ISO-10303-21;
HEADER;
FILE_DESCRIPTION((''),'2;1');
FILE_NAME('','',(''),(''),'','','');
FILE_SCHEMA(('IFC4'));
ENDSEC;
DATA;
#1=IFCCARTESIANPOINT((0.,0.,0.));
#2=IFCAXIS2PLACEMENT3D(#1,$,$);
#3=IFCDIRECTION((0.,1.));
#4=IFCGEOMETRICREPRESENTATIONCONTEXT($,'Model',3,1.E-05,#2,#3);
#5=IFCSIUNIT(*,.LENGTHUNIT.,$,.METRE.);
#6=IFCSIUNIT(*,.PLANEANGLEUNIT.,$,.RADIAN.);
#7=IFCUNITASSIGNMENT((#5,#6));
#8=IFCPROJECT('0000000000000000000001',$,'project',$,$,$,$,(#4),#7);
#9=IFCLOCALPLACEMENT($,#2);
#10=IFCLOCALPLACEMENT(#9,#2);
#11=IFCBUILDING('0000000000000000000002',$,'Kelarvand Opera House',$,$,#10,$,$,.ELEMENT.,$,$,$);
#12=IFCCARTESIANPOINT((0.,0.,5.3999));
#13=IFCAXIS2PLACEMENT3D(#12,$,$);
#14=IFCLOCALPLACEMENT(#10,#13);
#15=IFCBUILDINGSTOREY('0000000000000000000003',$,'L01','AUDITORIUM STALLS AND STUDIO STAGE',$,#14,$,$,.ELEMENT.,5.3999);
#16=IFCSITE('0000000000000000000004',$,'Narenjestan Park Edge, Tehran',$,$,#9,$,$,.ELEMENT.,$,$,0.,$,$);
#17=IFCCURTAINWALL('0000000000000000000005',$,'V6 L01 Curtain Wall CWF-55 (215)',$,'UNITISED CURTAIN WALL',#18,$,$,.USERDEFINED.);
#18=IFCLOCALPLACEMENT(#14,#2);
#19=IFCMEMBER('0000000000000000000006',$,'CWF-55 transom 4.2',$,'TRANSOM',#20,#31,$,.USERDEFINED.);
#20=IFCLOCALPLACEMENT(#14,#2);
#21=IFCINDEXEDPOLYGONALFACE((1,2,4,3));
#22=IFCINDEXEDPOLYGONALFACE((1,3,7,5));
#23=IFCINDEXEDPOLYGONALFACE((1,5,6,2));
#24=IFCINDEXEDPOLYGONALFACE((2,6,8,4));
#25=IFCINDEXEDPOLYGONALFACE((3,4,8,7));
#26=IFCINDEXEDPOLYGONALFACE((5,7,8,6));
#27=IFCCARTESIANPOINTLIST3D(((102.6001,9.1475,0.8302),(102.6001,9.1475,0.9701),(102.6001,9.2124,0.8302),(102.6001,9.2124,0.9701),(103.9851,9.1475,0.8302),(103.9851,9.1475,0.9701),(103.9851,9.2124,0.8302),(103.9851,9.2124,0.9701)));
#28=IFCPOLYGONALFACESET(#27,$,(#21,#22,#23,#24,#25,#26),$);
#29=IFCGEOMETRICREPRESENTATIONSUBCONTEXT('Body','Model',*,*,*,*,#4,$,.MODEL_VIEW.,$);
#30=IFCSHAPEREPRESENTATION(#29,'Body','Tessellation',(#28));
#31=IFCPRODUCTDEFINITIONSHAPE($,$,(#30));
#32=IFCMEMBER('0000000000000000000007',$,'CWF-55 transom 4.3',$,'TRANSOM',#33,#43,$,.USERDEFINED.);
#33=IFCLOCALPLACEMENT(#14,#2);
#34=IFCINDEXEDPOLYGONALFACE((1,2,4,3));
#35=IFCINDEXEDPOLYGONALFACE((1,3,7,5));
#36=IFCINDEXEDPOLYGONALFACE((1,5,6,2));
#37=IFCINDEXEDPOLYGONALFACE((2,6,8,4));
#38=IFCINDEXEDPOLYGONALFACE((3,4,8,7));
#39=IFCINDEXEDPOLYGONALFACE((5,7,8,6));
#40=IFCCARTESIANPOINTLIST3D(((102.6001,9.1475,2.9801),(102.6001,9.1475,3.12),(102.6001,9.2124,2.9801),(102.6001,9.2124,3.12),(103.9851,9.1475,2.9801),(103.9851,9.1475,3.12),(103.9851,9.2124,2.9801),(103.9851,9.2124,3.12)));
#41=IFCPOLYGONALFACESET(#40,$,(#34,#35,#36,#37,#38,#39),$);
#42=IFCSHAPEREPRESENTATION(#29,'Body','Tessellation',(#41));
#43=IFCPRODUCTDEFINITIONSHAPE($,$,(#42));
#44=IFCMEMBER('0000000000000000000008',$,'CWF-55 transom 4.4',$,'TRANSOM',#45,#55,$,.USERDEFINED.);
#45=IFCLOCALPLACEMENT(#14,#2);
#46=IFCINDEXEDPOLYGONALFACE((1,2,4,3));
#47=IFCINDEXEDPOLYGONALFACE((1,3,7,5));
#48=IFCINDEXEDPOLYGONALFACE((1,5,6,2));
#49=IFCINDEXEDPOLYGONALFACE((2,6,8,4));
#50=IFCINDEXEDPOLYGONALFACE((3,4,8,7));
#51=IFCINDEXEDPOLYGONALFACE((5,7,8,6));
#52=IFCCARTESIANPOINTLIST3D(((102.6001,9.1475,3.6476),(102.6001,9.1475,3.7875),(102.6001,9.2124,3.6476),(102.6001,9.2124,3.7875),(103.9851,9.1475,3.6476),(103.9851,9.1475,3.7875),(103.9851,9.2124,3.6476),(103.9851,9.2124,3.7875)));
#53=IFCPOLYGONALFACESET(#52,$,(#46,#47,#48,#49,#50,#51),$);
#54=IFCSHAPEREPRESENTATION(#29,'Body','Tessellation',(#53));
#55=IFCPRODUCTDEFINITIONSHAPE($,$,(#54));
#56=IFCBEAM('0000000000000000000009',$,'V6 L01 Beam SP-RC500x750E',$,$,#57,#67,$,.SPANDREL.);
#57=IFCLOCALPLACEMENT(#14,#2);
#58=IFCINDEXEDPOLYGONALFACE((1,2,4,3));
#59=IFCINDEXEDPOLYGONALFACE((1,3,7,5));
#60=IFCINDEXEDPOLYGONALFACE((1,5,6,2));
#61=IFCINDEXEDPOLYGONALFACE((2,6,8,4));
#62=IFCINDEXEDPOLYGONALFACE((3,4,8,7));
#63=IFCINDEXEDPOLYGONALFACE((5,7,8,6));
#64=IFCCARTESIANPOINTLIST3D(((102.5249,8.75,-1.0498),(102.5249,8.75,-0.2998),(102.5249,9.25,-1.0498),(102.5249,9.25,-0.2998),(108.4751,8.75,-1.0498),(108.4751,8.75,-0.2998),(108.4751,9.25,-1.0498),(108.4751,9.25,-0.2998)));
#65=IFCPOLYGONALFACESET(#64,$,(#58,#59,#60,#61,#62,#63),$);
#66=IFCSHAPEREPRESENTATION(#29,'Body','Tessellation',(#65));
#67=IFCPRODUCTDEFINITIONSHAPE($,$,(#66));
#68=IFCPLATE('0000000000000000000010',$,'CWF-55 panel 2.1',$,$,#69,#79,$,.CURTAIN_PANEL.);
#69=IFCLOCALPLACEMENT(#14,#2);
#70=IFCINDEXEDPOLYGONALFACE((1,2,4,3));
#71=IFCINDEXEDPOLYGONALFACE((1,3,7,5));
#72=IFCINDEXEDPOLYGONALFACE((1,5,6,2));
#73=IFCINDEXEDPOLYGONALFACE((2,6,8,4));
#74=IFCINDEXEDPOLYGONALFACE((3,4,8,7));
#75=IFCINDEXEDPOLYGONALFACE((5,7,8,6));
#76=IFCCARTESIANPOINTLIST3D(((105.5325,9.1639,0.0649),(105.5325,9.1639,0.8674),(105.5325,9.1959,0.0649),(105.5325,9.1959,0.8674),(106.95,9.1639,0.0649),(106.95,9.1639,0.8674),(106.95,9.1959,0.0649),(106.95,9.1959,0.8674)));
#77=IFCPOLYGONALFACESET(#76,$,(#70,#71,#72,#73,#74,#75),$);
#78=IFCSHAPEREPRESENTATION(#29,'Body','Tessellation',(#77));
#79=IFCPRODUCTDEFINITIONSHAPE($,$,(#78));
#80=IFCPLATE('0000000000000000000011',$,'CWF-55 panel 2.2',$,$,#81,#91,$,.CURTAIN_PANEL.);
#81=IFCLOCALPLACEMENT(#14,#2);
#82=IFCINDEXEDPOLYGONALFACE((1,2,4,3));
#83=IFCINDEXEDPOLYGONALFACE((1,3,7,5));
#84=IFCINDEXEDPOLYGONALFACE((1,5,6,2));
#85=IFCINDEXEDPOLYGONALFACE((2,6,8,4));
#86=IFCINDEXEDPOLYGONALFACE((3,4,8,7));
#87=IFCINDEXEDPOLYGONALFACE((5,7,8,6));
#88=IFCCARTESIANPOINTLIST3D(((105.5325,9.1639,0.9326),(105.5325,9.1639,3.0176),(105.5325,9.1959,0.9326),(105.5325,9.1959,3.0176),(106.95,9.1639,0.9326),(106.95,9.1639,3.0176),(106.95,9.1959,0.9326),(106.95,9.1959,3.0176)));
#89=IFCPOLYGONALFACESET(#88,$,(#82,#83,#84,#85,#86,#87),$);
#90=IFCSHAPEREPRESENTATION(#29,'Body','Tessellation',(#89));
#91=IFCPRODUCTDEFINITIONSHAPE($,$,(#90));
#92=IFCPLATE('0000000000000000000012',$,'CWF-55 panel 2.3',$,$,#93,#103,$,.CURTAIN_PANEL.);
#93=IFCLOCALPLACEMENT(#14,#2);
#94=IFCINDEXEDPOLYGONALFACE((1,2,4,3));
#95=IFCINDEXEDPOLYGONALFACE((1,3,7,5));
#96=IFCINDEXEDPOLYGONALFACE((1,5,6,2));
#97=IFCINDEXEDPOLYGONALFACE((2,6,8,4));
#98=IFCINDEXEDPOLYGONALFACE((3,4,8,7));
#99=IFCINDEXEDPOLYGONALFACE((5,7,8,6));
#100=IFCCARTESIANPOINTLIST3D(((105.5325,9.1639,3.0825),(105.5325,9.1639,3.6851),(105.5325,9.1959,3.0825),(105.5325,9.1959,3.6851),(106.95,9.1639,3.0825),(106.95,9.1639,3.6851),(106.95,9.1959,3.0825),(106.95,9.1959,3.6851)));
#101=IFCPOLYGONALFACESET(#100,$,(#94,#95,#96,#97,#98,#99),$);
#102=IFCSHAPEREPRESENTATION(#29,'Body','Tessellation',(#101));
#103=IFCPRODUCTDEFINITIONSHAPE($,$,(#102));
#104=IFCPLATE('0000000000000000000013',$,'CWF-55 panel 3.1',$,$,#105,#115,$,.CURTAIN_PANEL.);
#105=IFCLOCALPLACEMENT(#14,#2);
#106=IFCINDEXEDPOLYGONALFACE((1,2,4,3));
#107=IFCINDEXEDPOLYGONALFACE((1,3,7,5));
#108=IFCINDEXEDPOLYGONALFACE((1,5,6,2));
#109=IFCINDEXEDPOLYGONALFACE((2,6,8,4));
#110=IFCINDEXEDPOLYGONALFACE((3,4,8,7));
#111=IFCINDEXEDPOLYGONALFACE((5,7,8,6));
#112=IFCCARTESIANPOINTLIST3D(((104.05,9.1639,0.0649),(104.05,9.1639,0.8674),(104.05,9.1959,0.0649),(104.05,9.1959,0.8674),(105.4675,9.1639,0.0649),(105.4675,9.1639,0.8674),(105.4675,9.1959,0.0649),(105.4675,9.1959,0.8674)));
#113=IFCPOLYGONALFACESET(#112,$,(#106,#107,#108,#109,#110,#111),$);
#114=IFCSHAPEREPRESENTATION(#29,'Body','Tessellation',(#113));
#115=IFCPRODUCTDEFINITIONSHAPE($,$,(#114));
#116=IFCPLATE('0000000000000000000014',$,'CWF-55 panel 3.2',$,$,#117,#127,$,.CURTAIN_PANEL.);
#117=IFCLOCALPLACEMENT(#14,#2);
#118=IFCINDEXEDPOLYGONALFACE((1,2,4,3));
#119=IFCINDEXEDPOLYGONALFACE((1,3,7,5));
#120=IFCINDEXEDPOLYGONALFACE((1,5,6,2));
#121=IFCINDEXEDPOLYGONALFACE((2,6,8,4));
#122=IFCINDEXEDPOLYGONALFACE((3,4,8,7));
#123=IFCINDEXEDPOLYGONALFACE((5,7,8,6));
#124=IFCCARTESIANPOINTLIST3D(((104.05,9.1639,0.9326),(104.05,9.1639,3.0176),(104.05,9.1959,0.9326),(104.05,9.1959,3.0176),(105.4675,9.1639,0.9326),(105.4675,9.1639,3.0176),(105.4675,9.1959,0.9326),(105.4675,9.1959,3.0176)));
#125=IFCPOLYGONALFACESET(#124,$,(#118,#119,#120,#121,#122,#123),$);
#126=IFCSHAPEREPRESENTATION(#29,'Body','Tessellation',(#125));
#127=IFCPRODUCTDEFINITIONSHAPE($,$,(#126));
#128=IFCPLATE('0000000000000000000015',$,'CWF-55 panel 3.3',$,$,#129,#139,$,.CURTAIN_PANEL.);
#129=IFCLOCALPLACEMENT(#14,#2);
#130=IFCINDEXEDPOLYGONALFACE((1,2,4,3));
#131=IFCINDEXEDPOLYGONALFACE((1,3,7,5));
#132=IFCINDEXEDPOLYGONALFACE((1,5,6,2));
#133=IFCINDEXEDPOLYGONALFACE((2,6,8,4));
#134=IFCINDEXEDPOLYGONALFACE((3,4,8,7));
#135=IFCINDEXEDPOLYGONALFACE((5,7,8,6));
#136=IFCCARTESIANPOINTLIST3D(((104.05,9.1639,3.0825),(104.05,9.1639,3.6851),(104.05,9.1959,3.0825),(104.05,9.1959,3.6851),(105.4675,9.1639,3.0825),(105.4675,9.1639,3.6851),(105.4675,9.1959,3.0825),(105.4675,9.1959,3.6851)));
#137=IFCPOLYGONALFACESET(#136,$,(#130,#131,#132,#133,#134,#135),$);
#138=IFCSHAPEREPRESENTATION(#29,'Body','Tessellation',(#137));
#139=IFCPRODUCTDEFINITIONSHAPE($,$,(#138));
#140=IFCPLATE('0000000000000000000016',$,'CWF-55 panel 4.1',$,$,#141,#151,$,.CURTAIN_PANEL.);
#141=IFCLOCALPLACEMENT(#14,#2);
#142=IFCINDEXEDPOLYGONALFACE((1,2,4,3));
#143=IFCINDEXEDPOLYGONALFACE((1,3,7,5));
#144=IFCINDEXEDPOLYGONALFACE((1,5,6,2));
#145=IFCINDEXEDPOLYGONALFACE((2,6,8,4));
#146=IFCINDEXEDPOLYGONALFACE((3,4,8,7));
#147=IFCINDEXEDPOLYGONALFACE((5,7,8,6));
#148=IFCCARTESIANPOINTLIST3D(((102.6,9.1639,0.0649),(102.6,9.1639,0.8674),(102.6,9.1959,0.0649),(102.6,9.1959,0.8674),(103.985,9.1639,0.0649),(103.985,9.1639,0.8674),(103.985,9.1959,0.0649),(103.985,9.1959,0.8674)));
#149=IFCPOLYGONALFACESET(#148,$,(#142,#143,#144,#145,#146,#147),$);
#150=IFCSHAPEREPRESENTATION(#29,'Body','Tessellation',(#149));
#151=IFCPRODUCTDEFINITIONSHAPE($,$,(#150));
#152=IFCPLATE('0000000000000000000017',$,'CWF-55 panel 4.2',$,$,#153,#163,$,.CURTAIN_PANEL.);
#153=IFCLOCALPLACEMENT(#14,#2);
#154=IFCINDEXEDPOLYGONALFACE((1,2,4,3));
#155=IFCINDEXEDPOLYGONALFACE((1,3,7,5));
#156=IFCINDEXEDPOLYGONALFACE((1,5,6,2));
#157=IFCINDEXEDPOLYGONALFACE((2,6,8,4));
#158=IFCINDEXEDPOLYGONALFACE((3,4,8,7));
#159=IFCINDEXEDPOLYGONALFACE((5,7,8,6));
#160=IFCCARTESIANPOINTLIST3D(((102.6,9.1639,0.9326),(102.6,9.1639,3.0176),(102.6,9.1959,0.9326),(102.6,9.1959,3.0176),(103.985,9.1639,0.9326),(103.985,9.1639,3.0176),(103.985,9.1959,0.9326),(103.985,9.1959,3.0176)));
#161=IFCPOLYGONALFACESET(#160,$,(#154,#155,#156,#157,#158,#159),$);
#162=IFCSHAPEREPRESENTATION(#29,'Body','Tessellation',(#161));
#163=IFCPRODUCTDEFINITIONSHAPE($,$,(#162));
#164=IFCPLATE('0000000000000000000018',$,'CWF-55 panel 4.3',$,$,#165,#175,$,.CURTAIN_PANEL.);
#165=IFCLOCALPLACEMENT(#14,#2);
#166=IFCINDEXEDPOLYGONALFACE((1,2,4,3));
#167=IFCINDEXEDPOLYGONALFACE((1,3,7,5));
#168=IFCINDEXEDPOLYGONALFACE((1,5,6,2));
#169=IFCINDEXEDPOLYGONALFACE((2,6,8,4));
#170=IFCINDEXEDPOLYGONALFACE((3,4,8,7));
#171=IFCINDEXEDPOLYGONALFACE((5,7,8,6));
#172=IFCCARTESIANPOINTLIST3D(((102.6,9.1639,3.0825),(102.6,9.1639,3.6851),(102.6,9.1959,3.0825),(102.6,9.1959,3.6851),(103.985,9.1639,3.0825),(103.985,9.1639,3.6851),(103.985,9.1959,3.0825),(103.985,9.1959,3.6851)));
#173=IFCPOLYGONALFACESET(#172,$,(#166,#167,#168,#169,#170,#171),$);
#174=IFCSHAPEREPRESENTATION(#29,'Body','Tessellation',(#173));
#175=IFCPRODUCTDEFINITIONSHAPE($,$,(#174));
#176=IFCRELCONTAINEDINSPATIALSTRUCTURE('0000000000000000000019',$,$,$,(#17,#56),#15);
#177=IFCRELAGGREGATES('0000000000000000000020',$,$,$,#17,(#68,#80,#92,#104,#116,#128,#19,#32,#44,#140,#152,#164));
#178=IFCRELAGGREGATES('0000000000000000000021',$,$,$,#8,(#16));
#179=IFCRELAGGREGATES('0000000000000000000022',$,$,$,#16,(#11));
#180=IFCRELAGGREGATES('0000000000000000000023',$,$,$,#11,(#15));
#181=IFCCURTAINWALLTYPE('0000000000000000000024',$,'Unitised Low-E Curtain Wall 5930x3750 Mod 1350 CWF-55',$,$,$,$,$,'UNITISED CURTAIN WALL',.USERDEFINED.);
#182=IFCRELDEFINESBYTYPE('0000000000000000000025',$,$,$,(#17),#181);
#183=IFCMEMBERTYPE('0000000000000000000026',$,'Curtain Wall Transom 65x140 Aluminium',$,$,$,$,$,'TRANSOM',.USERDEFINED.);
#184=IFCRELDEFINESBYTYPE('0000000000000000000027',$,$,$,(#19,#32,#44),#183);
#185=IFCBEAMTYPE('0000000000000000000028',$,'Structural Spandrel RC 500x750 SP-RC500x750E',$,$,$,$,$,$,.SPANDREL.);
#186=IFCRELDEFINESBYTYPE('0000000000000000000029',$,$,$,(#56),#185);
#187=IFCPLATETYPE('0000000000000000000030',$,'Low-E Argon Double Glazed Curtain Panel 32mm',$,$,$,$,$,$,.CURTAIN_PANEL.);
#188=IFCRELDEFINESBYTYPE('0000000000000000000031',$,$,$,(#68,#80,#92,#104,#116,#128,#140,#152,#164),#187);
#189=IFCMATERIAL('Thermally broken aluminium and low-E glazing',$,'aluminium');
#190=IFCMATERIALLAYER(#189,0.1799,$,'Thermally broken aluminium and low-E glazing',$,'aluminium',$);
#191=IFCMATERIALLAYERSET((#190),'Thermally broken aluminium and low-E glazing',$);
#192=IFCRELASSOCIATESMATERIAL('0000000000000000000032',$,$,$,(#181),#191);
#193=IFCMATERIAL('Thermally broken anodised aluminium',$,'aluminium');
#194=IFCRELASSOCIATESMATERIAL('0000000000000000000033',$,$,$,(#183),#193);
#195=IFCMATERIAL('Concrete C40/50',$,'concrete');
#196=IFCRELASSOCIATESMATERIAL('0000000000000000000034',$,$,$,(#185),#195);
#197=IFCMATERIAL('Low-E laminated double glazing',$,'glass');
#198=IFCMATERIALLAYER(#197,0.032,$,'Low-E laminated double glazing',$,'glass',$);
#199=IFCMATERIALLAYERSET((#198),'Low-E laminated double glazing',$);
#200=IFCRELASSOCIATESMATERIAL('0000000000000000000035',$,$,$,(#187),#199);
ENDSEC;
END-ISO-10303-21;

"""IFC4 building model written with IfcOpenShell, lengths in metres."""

from ifc_helpers import new_model, si_unit, direction, frame, origin, origin_2d, place, context, subcontext, project, spatial, rectangle, extrude, material, layer, layer_set, material_profile, profile_set, type_object, element, aggregate, save


model = new_model("IFC4")

# Units and contexts
model_context = context("Model", 3, precision=1e-05, world=origin(), true_north=direction((0.0, 1.0)))
body_context = subcontext(model_context, "Body", "Model", "MODEL_VIEW")
ifc_project = project(units=[si_unit("LENGTHUNIT", "METRE"), si_unit("PLANEANGLEUNIT", "RADIAN")], contexts=[model_context])

# Site, building, storey
site_placement = place(None, origin())
site = spatial("IfcSite", under=ifc_project, at=site_placement, Name="Narenjestan Park Edge, Tehran", CompositionType="ELEMENT", RefElevation=0.0)
building_placement = place(site_placement, origin())
building = spatial("IfcBuilding", under=site, at=building_placement, Name="Kelarvand Opera House", CompositionType="ELEMENT")
storey_placement = place(building_placement, frame((0.0, 0.0, 5.3999)))
storey = spatial("IfcBuildingStorey", under=building, at=storey_placement, Name="L01", Description="AUDITORIUM STALLS AND STUDIO STAGE", CompositionType="ELEMENT", Elevation=5.3999)

# Shared definitions
ifc_material_1 = material(Name="Concrete C40/50", Category="concrete")

# Curtain wall, members
ifc_material_2 = material(Name="Thermally broken aluminium and low-E glazing", Category="aluminium")
ifc_layer_1 = layer(ifc_material_2, 0.1799, Name="Thermally broken aluminium and low-E glazing", Category="aluminium")
ifc_layer_set_1 = layer_set([ifc_layer_1], Name="Thermally broken aluminium and low-E glazing")
curtain_wall_type = type_object("IfcCurtainWallType", Name="Unitised Low-E Curtain Wall 5930x3750 Mod 1350 CWF-55", ElementType="UNITISED CURTAIN WALL", PredefinedType="USERDEFINED", material=ifc_layer_set_1)
curtain_wall_placement = place(storey_placement, origin())
curtain_wall = element("IfcCurtainWall", 1, at=curtain_wall_placement, inside=storey, type_object=curtain_wall_type, Name="V6 L01 Curtain Wall CWF-55 (215)", ObjectType="UNITISED CURTAIN WALL", PredefinedType="USERDEFINED")
ifc_material_3 = material(Name="Thermally broken anodised aluminium", Category="aluminium")
ifc_material_profile_1 = material_profile(ifc_material_3, rectangle(XDim=0.0649, YDim=0.1399, at=origin_2d()), Name="ALU TRANSOM 65x140", Category="aluminium")
ifc_profile_set_1 = profile_set([ifc_material_profile_1], Name="Thermally broken anodised aluminium")
member_type_1 = type_object("IfcMemberType", Name="Curtain Wall Transom 65x140 Aluminium", ElementType="TRANSOM", PredefinedType="USERDEFINED", material=ifc_profile_set_1)
member_1_placement = place(storey_placement, frame((103.9851, 9.1799, 0.9001), z_axis=(-1.0, 0.0, 0.0), x_axis=(0.0, -1.0, 0.0)))
member_1 = element("IfcMember", 2, at=member_1_placement, type_object=member_type_1, Name="CWF-55 transom 4.2", ObjectType="TRANSOM", PredefinedType="USERDEFINED", context=body_context, shape_type="SweptSolid", body=[
    extrude(rectangle(XDim=0.0649, YDim=0.1399, at=origin_2d()), origin(), (0.0, 0.0, 1.0), 1.385),
])
member_2_placement = place(storey_placement, frame((103.9851, 9.1799, 3.05), z_axis=(-1.0, 0.0, 0.0), x_axis=(0.0, -1.0, 0.0)))
member_2 = element("IfcMember", 3, at=member_2_placement, type_object=member_type_1, Name="CWF-55 transom 4.3", ObjectType="TRANSOM", PredefinedType="USERDEFINED", context=body_context, shape_type="SweptSolid", body=[
    extrude(rectangle(XDim=0.0649, YDim=0.1399, at=origin_2d()), origin(), (0.0, 0.0, 1.0), 1.385),
])
member_3_placement = place(storey_placement, frame((103.9851, 9.1799, 3.7175), z_axis=(-1.0, 0.0, 0.0), x_axis=(0.0, -1.0, 0.0)))
member_3 = element("IfcMember", 4, at=member_3_placement, type_object=member_type_1, Name="CWF-55 transom 4.4", ObjectType="TRANSOM", PredefinedType="USERDEFINED", context=body_context, shape_type="SweptSolid", body=[
    extrude(rectangle(XDim=0.0649, YDim=0.1399, at=origin_2d()), origin(), (0.0, 0.0, 1.0), 1.385),
])

# Beam
ifc_material_profile_2 = material_profile(ifc_material_1, rectangle(XDim=0.5, YDim=0.75, at=origin_2d()), Name="RC 500x750", Category="concrete")
ifc_profile_set_2 = profile_set([ifc_material_profile_2], Name="Concrete C40/50")
beam_type = type_object("IfcBeamType", Name="Structural Spandrel RC 500x750 SP-RC500x750E", PredefinedType="SPANDREL", material=ifc_profile_set_2)
beam_placement = place(storey_placement, frame((102.5249, 9.0, -0.6748), z_axis=(1.0, 0.0, 0.0), x_axis=(0.0, 1.0, 0.0)))
element("IfcBeam", 5, at=beam_placement, inside=storey, type_object=beam_type, Name="V6 L01 Beam SP-RC500x750E", PredefinedType="SPANDREL", context=body_context, shape_type="SweptSolid", body=[
    extrude(rectangle(XDim=0.5, YDim=0.75, at=origin_2d()), origin(), (0.0, 0.0, 1.0), 5.9502),
])

# Plates
ifc_material_4 = material(Name="Low-E laminated double glazing", Category="glass")
ifc_layer_2 = layer(ifc_material_4, 0.032, Name="Low-E laminated double glazing", Category="glass")
ifc_layer_set_2 = layer_set([ifc_layer_2], Name="Low-E laminated double glazing")
plate_type = type_object("IfcPlateType", Name="Low-E Argon Double Glazed Curtain Panel 32mm", PredefinedType="CURTAIN_PANEL", material=ifc_layer_set_2)
plate_1_placement = place(storey_placement, frame((106.2412, 9.1799, 0.0649), z_axis=(0.0, 0.0, 1.0), x_axis=(-1.0, 0.0, 0.0)))
plate_1 = element("IfcPlate", 6, at=plate_1_placement, type_object=plate_type, Name="CWF-55 panel 2.1", PredefinedType="CURTAIN_PANEL", context=body_context, shape_type="SweptSolid", body=[
    extrude(rectangle(XDim=1.4175, YDim=0.032, at=origin_2d()), origin(), (0.0, 0.0, 1.0), 0.8025),
])
plate_2_placement = place(storey_placement, frame((106.2412, 9.1799, 0.9326), z_axis=(0.0, 0.0, 1.0), x_axis=(-1.0, 0.0, 0.0)))
plate_2 = element("IfcPlate", 7, at=plate_2_placement, type_object=plate_type, Name="CWF-55 panel 2.2", PredefinedType="CURTAIN_PANEL", context=body_context, shape_type="SweptSolid", body=[
    extrude(rectangle(XDim=1.4175, YDim=0.032, at=origin_2d()), origin(), (0.0, 0.0, 1.0), 2.085),
])
plate_3_placement = place(storey_placement, frame((106.2412, 9.1799, 3.0825), z_axis=(0.0, 0.0, 1.0), x_axis=(-1.0, 0.0, 0.0)))
plate_3 = element("IfcPlate", 8, at=plate_3_placement, type_object=plate_type, Name="CWF-55 panel 2.3", PredefinedType="CURTAIN_PANEL", context=body_context, shape_type="SweptSolid", body=[
    extrude(rectangle(XDim=1.4175, YDim=0.032, at=origin_2d()), origin(), (0.0, 0.0, 1.0), 0.6025),
])
plate_4_placement = place(storey_placement, frame((104.7588, 9.1799, 0.0649), z_axis=(0.0, 0.0, 1.0), x_axis=(-1.0, 0.0, 0.0)))
plate_4 = element("IfcPlate", 9, at=plate_4_placement, type_object=plate_type, Name="CWF-55 panel 3.1", PredefinedType="CURTAIN_PANEL", context=body_context, shape_type="SweptSolid", body=[
    extrude(rectangle(XDim=1.4175, YDim=0.032, at=origin_2d()), origin(), (0.0, 0.0, 1.0), 0.8025),
])
plate_5_placement = place(storey_placement, frame((104.7588, 9.1799, 0.9326), z_axis=(0.0, 0.0, 1.0), x_axis=(-1.0, 0.0, 0.0)))
plate_5 = element("IfcPlate", 10, at=plate_5_placement, type_object=plate_type, Name="CWF-55 panel 3.2", PredefinedType="CURTAIN_PANEL", context=body_context, shape_type="SweptSolid", body=[
    extrude(rectangle(XDim=1.4175, YDim=0.032, at=origin_2d()), origin(), (0.0, 0.0, 1.0), 2.085),
])
plate_6_placement = place(storey_placement, frame((104.7588, 9.1799, 3.0825), z_axis=(0.0, 0.0, 1.0), x_axis=(-1.0, 0.0, 0.0)))
plate_6 = element("IfcPlate", 11, at=plate_6_placement, type_object=plate_type, Name="CWF-55 panel 3.3", PredefinedType="CURTAIN_PANEL", context=body_context, shape_type="SweptSolid", body=[
    extrude(rectangle(XDim=1.4175, YDim=0.032, at=origin_2d()), origin(), (0.0, 0.0, 1.0), 0.6025),
])
plate_7_placement = place(storey_placement, frame((103.2925, 9.1799, 0.0649), z_axis=(0.0, 0.0, 1.0), x_axis=(-1.0, 0.0, 0.0)))
plate_7 = element("IfcPlate", 12, at=plate_7_placement, type_object=plate_type, Name="CWF-55 panel 4.1", PredefinedType="CURTAIN_PANEL", context=body_context, shape_type="SweptSolid", body=[
    extrude(rectangle(XDim=1.385, YDim=0.032, at=origin_2d()), origin(), (0.0, 0.0, 1.0), 0.8025),
])
plate_8_placement = place(storey_placement, frame((103.2925, 9.1799, 0.9326), z_axis=(0.0, 0.0, 1.0), x_axis=(-1.0, 0.0, 0.0)))
plate_8 = element("IfcPlate", 13, at=plate_8_placement, type_object=plate_type, Name="CWF-55 panel 4.2", PredefinedType="CURTAIN_PANEL", context=body_context, shape_type="SweptSolid", body=[
    extrude(rectangle(XDim=1.385, YDim=0.032, at=origin_2d()), origin(), (0.0, 0.0, 1.0), 2.085),
])
plate_9_placement = place(storey_placement, frame((103.2925, 9.1799, 3.0825), z_axis=(0.0, 0.0, 1.0), x_axis=(-1.0, 0.0, 0.0)))
plate_9 = element("IfcPlate", 14, at=plate_9_placement, type_object=plate_type, Name="CWF-55 panel 4.3", PredefinedType="CURTAIN_PANEL", context=body_context, shape_type="SweptSolid", body=[
    extrude(rectangle(XDim=1.385, YDim=0.032, at=origin_2d()), origin(), (0.0, 0.0, 1.0), 0.6025),
])
aggregate(curtain_wall, [plate_1, plate_2, plate_3, plate_4, plate_5, plate_6, member_1, member_2, member_3, plate_7, plate_8, plate_9])

save(model, "model.ifc")
